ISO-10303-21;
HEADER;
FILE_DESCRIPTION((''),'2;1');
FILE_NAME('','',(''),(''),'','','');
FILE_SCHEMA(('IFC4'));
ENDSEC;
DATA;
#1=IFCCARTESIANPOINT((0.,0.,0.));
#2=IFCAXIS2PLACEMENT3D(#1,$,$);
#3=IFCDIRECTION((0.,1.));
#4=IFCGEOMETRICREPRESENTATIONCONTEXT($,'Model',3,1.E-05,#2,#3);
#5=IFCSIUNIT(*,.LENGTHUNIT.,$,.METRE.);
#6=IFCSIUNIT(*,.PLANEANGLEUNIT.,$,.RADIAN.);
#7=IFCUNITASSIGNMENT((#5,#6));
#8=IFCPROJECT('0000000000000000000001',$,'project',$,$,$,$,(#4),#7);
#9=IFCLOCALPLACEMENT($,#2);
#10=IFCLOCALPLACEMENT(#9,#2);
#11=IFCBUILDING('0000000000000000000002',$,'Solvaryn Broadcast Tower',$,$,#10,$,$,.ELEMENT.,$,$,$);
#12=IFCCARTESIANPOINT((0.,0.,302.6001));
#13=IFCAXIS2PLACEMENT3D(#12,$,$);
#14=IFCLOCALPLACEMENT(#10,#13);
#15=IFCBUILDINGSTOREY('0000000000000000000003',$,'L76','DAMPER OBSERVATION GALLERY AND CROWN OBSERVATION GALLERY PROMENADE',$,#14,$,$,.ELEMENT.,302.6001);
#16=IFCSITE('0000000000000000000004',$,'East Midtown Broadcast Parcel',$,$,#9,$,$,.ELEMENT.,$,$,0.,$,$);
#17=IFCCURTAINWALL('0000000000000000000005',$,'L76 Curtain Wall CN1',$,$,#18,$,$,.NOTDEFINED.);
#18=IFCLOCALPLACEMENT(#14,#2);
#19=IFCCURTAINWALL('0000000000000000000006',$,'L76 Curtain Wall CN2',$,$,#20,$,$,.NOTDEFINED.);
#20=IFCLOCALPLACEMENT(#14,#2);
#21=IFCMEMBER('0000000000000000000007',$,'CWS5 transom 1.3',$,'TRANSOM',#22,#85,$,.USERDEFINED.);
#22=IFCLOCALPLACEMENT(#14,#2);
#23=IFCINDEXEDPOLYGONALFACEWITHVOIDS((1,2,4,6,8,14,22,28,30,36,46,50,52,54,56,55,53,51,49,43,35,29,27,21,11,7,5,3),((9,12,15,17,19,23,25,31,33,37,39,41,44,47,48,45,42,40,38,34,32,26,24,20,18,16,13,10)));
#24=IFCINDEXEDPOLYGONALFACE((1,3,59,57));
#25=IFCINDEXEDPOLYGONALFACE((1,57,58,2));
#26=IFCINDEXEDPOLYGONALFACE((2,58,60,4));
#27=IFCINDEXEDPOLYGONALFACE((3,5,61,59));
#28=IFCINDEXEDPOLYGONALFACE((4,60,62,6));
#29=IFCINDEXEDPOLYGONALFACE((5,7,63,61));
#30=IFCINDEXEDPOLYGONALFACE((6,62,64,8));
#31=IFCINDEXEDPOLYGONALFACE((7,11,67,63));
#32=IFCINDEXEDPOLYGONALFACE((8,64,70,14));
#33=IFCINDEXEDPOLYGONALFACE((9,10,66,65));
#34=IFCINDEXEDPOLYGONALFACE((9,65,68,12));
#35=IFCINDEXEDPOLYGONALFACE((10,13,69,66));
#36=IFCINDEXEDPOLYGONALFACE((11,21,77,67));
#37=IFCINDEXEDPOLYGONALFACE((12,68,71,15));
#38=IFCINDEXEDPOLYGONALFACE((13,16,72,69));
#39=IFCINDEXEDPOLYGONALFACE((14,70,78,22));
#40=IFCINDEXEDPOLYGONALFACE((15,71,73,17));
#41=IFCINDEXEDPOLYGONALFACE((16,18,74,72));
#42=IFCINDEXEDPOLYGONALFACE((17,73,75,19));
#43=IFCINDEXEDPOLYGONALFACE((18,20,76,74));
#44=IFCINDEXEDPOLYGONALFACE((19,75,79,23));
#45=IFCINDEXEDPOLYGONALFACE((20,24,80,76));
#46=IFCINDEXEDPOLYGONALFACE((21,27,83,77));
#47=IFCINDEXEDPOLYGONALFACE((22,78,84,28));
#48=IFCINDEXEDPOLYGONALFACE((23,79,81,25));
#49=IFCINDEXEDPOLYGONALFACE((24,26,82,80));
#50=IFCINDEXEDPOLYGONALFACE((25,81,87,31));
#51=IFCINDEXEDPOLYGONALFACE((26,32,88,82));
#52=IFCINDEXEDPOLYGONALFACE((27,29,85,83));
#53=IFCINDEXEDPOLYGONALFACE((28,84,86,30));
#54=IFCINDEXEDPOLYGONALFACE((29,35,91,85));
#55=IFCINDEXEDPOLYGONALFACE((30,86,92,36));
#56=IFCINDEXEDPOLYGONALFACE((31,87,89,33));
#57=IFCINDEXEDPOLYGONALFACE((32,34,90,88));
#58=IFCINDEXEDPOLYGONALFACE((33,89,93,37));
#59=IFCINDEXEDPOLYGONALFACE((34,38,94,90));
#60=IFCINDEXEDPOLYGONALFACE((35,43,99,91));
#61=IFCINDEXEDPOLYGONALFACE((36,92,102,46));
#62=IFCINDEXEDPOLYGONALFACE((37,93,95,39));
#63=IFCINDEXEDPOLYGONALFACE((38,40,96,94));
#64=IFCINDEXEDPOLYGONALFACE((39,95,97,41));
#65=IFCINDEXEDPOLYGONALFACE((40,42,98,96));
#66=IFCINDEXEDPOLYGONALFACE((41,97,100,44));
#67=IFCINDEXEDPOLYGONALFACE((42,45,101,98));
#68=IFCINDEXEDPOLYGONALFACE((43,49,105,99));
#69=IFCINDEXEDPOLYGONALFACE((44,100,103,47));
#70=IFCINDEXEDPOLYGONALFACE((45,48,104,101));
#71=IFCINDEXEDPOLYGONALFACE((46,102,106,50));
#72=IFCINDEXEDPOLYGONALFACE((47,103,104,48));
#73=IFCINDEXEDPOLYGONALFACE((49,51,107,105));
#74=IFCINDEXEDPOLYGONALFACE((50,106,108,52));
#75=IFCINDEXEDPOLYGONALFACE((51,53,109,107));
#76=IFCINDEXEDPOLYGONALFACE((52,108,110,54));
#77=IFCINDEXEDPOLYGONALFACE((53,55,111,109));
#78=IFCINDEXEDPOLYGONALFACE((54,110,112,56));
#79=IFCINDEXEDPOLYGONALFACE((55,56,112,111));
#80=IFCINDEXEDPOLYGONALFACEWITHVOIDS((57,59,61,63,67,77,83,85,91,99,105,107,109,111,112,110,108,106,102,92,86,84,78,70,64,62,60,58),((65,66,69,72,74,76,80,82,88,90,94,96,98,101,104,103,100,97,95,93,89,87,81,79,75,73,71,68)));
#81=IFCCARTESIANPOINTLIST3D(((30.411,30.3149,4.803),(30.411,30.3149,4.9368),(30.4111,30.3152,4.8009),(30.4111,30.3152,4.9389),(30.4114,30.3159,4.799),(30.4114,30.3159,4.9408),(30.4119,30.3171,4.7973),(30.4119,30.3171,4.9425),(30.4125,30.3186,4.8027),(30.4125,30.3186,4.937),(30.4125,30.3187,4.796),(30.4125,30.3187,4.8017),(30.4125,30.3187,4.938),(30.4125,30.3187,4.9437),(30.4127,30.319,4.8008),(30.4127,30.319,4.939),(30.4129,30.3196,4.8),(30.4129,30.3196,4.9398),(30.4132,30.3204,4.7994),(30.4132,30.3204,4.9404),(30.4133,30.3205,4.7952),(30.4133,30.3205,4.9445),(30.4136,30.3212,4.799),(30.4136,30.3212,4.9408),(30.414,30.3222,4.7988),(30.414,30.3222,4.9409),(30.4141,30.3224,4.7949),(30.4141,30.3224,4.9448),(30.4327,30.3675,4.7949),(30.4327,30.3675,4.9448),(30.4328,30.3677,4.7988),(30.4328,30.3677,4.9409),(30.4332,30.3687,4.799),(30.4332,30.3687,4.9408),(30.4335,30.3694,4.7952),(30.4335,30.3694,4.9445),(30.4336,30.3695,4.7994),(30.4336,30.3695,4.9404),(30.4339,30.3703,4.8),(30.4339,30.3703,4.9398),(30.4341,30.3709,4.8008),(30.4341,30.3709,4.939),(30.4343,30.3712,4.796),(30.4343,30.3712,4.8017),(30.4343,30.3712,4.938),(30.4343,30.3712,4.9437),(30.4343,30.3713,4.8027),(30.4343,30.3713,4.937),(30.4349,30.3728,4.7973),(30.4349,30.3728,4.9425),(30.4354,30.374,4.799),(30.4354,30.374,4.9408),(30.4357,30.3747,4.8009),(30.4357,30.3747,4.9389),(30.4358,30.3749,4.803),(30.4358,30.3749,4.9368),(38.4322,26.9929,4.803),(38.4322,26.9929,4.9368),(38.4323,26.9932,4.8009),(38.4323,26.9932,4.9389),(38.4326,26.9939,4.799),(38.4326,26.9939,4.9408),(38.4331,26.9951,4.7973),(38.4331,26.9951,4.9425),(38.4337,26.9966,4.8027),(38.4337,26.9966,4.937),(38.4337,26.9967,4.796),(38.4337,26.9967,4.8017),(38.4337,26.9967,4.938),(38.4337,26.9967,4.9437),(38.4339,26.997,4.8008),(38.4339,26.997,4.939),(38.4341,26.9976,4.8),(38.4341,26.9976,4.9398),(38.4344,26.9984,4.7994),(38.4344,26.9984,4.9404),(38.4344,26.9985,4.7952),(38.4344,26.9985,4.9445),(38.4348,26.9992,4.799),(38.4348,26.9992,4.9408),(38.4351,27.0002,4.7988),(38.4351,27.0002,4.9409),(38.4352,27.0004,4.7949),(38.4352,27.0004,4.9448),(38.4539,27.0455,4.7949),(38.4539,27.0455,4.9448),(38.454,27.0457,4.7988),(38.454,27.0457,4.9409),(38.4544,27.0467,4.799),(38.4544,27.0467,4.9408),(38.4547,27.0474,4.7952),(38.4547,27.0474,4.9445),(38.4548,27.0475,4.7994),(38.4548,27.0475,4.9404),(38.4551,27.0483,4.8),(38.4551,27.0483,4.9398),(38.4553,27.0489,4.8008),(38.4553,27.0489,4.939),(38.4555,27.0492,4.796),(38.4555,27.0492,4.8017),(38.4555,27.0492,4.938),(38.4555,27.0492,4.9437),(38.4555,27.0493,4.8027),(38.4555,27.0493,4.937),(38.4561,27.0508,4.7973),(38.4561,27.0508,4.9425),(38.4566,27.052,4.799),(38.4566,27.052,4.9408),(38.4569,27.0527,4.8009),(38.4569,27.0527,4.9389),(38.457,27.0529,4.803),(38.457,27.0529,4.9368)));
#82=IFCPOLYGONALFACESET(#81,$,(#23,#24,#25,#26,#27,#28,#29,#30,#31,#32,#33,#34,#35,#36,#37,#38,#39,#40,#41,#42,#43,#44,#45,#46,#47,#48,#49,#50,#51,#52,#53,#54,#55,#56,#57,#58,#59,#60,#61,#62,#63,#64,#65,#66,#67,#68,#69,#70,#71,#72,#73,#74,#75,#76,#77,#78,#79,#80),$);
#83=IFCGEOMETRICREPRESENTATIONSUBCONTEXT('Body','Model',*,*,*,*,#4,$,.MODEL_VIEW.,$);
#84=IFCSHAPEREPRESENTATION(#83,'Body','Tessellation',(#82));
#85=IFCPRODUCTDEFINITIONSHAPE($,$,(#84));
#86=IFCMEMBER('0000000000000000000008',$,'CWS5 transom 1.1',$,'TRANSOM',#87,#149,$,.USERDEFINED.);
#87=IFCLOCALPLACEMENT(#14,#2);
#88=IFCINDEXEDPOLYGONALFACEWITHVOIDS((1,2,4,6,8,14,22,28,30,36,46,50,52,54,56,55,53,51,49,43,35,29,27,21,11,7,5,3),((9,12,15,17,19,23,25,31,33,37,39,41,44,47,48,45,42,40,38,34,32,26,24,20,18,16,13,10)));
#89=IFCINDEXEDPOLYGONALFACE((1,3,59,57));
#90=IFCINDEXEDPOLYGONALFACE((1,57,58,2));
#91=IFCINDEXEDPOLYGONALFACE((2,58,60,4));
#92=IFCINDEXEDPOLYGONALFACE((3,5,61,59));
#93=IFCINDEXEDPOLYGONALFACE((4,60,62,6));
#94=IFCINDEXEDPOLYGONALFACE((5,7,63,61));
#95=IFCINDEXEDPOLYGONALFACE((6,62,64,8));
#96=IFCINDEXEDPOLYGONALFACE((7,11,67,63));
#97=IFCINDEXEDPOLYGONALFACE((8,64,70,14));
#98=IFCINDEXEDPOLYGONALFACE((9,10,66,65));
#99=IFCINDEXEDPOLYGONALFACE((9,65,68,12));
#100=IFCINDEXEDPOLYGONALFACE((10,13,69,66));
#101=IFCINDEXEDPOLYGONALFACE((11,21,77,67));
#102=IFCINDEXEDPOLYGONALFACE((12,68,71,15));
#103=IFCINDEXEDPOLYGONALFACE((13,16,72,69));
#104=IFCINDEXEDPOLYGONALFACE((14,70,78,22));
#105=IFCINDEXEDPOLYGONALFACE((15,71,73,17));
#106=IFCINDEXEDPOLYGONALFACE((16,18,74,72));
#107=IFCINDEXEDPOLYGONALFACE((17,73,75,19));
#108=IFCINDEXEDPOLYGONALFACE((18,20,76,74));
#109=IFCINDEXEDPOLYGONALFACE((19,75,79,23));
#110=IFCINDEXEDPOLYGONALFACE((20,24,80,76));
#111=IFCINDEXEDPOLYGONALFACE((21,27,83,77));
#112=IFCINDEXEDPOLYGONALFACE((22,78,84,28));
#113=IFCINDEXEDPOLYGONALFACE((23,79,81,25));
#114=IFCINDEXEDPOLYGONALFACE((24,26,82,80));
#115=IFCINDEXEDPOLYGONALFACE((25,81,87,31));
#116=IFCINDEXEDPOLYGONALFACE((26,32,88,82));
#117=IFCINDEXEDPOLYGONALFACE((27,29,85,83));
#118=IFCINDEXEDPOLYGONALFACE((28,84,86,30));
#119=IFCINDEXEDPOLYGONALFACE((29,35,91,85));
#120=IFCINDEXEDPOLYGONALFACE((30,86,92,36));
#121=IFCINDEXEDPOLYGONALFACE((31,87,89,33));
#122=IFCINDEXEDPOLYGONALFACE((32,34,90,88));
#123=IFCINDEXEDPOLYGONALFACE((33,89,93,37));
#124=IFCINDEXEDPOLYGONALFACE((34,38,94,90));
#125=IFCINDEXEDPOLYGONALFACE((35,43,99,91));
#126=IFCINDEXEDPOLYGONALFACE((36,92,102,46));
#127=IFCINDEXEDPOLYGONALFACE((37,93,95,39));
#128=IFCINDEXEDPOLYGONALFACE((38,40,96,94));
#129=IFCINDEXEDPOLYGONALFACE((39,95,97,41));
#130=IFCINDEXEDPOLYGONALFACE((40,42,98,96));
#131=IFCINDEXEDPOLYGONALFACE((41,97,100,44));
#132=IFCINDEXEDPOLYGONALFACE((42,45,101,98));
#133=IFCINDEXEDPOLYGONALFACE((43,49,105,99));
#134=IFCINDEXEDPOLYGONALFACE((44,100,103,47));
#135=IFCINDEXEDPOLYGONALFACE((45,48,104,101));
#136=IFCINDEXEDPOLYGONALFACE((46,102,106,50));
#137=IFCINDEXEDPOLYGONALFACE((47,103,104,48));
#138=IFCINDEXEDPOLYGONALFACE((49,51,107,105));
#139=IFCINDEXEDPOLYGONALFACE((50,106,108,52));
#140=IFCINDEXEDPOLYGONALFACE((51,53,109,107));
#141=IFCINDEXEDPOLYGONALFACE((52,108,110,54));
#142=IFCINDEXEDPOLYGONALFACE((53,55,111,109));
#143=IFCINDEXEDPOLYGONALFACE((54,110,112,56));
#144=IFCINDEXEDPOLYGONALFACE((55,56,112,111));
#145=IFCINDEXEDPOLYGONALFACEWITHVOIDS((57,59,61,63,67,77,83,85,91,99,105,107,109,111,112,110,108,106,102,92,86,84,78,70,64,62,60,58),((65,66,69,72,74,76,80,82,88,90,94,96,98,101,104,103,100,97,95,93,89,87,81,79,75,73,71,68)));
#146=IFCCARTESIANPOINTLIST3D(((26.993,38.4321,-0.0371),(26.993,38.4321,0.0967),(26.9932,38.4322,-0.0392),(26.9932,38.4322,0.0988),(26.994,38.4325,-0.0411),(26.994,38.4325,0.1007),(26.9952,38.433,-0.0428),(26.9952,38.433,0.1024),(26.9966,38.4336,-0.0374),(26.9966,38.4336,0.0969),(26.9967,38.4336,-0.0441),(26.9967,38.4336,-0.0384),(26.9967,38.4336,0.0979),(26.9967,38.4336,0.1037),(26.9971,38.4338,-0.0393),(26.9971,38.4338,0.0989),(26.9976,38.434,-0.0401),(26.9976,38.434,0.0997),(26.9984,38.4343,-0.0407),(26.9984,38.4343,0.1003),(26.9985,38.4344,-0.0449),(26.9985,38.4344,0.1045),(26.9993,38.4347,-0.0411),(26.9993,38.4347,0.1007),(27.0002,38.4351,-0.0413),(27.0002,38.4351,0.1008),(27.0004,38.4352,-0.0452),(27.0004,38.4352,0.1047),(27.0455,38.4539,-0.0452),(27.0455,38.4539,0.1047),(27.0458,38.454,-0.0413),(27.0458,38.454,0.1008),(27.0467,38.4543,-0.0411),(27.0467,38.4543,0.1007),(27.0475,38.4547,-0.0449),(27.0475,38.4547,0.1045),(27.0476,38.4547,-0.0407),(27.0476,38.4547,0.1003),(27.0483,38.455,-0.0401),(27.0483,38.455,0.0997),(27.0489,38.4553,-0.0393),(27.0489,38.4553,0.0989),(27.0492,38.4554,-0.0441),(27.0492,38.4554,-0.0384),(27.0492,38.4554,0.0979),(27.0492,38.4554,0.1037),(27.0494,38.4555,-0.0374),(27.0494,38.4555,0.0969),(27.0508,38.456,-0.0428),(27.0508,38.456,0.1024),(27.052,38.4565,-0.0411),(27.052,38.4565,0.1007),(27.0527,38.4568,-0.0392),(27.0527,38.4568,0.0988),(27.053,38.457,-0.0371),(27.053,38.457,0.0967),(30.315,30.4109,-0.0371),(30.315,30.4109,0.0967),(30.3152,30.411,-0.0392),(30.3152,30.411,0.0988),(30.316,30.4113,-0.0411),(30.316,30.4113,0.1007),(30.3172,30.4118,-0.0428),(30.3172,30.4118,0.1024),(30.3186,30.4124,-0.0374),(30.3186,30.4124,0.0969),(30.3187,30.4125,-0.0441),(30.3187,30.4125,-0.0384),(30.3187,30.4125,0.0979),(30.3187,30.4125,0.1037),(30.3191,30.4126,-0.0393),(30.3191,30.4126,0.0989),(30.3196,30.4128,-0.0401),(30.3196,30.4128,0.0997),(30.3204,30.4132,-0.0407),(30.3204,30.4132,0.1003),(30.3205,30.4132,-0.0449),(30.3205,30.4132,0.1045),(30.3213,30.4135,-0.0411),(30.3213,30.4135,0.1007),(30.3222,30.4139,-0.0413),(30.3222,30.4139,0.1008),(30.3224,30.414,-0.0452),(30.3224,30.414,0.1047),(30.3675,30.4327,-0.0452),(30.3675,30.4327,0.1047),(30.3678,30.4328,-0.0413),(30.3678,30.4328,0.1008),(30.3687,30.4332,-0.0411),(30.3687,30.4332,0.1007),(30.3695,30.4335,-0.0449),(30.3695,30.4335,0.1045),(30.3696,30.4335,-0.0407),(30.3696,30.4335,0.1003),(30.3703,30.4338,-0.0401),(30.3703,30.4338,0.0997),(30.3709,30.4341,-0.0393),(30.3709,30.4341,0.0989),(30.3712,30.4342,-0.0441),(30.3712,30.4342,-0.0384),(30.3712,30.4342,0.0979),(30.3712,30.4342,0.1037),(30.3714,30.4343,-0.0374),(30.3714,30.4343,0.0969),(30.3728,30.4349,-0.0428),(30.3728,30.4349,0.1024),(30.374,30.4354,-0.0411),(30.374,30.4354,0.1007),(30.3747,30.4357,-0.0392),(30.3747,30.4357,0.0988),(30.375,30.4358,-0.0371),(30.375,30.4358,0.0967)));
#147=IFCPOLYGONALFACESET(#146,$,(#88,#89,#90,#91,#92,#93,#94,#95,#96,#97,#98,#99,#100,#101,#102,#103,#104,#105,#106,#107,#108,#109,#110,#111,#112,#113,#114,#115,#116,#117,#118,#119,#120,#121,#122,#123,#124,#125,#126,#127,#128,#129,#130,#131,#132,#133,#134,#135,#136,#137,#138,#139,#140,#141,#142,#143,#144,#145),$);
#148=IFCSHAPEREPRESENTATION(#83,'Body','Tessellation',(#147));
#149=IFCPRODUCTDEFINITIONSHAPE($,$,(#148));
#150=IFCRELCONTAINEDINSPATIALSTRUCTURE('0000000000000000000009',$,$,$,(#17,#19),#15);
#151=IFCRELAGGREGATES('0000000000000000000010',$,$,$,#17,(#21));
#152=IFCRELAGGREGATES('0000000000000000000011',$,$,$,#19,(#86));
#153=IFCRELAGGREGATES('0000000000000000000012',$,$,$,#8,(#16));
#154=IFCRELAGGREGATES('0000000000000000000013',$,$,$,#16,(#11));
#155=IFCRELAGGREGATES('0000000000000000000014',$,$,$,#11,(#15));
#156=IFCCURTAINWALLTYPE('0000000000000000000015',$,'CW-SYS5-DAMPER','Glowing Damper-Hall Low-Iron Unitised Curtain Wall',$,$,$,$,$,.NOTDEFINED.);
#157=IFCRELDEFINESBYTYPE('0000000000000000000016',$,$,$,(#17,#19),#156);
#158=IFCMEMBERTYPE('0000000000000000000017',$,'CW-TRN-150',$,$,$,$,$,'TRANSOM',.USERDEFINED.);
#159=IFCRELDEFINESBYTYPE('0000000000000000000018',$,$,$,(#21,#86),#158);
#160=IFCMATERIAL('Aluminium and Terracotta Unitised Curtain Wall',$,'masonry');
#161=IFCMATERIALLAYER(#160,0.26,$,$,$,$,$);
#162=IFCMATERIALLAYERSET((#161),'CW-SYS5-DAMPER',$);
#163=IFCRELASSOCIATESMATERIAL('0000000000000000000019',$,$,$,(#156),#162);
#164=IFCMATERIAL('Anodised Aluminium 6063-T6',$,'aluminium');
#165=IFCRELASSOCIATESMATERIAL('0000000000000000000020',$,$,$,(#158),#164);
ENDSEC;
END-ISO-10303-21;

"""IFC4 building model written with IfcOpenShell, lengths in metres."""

from ifc_helpers import new_model, si_unit, direction, frame, origin, origin_2d, place, context, subcontext, project, spatial, hollow_rectangle, extrude, material, layer, layer_set, material_profile, profile_set, type_object, element, aggregate, save


model = new_model("IFC4")

# Units and contexts
model_context = context("Model", 3, precision=1e-05, world=origin(), true_north=direction((0.0, 1.0)))
body_context = subcontext(model_context, "Body", "Model", "MODEL_VIEW")
ifc_project = project(units=[si_unit("LENGTHUNIT", "METRE"), si_unit("PLANEANGLEUNIT", "RADIAN")], contexts=[model_context])

# Site, building, storey
site_placement = place(None, origin())
site = spatial("IfcSite", under=ifc_project, at=site_placement, Name="East Midtown Broadcast Parcel", CompositionType="ELEMENT", RefElevation=0.0)
building_placement = place(site_placement, origin())
building = spatial("IfcBuilding", under=site, at=building_placement, Name="Solvaryn Broadcast Tower", CompositionType="ELEMENT")
storey_placement = place(building_placement, frame((0.0, 0.0, 302.6001)))
storey = spatial("IfcBuildingStorey", under=building, at=storey_placement, Name="L76", Description="DAMPER OBSERVATION GALLERY AND CROWN OBSERVATION GALLERY PROMENADE", CompositionType="ELEMENT", Elevation=302.6001)

# Shared definitions
ifc_material_1 = material(Name="Aluminium and Terracotta Unitised Curtain Wall", Category="masonry")
ifc_layer_1 = layer(ifc_material_1, 0.26)
ifc_layer_set_1 = layer_set([ifc_layer_1], Name="CW-SYS5-DAMPER")
curtain_wall_type = type_object("IfcCurtainWallType", Name="CW-SYS5-DAMPER", Description="Glowing Damper-Hall Low-Iron Unitised Curtain Wall", PredefinedType="NOTDEFINED", material=ifc_layer_set_1)

# Curtain walls
curtain_wall_1_placement = place(storey_placement, origin())
curtain_wall_1 = element("IfcCurtainWall", 1, at=curtain_wall_1_placement, inside=storey, type_object=curtain_wall_type, Name="L76 Curtain Wall CN1", PredefinedType="NOTDEFINED")
curtain_wall_2_placement = place(storey_placement, origin())
curtain_wall_2 = element("IfcCurtainWall", 2, at=curtain_wall_2_placement, inside=storey, type_object=curtain_wall_type, Name="L76 Curtain Wall CN2", PredefinedType="NOTDEFINED")

# Members
ifc_material_2 = material(Name="Anodised Aluminium 6063-T6", Category="aluminium")
ifc_material_profile_1 = material_profile(ifc_material_2, hollow_rectangle(XDim=0.0649, YDim=0.1499, WallThickness=0.0039, InnerFilletRadius=0.0039, OuterFilletRadius=0.0081, at=origin_2d()))
ifc_profile_set_1 = profile_set([ifc_material_profile_1], Name="Anodised Aluminium 6063-T6")
member_type_1 = type_object("IfcMemberType", Name="CW-TRN-150", ElementType="TRANSOM", PredefinedType="USERDEFINED", material=ifc_profile_set_1)
member_1_placement = place(storey_placement, frame((38.4446, 27.0229, 4.8699), z_axis=(-0.923899, 0.382636, 0.0), x_axis=(-0.382636, -0.923899, 0.0)))
member_1 = element("IfcMember", 3, at=member_1_placement, type_object=member_type_1, Name="CWS5 transom 1.3", ObjectType="TRANSOM", PredefinedType="USERDEFINED", context=body_context, shape_type="SweptSolid", body=[
    extrude(hollow_rectangle(XDim=0.0649, YDim=0.1499, WallThickness=0.0039, InnerFilletRadius=0.0039, OuterFilletRadius=0.0081, at=origin_2d()), origin(), (0.0, 0.0, 1.0), 8.6819),
])
member_2_placement = place(storey_placement, frame((30.345, 30.4233, 0.0298), z_axis=(-0.382636, 0.923899, 0.0), x_axis=(-0.923899, -0.382636, 0.0)))
member_2 = element("IfcMember", 4, at=member_2_placement, type_object=member_type_1, Name="CWS5 transom 1.1", ObjectType="TRANSOM", PredefinedType="USERDEFINED", context=body_context, shape_type="SweptSolid", body=[
    extrude(hollow_rectangle(XDim=0.0649, YDim=0.1499, WallThickness=0.0039, InnerFilletRadius=0.0039, OuterFilletRadius=0.0081, at=origin_2d()), origin(), (0.0, 0.0, 1.0), 8.6819),
])

aggregate(curtain_wall_1, [member_1])
aggregate(curtain_wall_2, [member_2])

save(model, "model.ifc")
